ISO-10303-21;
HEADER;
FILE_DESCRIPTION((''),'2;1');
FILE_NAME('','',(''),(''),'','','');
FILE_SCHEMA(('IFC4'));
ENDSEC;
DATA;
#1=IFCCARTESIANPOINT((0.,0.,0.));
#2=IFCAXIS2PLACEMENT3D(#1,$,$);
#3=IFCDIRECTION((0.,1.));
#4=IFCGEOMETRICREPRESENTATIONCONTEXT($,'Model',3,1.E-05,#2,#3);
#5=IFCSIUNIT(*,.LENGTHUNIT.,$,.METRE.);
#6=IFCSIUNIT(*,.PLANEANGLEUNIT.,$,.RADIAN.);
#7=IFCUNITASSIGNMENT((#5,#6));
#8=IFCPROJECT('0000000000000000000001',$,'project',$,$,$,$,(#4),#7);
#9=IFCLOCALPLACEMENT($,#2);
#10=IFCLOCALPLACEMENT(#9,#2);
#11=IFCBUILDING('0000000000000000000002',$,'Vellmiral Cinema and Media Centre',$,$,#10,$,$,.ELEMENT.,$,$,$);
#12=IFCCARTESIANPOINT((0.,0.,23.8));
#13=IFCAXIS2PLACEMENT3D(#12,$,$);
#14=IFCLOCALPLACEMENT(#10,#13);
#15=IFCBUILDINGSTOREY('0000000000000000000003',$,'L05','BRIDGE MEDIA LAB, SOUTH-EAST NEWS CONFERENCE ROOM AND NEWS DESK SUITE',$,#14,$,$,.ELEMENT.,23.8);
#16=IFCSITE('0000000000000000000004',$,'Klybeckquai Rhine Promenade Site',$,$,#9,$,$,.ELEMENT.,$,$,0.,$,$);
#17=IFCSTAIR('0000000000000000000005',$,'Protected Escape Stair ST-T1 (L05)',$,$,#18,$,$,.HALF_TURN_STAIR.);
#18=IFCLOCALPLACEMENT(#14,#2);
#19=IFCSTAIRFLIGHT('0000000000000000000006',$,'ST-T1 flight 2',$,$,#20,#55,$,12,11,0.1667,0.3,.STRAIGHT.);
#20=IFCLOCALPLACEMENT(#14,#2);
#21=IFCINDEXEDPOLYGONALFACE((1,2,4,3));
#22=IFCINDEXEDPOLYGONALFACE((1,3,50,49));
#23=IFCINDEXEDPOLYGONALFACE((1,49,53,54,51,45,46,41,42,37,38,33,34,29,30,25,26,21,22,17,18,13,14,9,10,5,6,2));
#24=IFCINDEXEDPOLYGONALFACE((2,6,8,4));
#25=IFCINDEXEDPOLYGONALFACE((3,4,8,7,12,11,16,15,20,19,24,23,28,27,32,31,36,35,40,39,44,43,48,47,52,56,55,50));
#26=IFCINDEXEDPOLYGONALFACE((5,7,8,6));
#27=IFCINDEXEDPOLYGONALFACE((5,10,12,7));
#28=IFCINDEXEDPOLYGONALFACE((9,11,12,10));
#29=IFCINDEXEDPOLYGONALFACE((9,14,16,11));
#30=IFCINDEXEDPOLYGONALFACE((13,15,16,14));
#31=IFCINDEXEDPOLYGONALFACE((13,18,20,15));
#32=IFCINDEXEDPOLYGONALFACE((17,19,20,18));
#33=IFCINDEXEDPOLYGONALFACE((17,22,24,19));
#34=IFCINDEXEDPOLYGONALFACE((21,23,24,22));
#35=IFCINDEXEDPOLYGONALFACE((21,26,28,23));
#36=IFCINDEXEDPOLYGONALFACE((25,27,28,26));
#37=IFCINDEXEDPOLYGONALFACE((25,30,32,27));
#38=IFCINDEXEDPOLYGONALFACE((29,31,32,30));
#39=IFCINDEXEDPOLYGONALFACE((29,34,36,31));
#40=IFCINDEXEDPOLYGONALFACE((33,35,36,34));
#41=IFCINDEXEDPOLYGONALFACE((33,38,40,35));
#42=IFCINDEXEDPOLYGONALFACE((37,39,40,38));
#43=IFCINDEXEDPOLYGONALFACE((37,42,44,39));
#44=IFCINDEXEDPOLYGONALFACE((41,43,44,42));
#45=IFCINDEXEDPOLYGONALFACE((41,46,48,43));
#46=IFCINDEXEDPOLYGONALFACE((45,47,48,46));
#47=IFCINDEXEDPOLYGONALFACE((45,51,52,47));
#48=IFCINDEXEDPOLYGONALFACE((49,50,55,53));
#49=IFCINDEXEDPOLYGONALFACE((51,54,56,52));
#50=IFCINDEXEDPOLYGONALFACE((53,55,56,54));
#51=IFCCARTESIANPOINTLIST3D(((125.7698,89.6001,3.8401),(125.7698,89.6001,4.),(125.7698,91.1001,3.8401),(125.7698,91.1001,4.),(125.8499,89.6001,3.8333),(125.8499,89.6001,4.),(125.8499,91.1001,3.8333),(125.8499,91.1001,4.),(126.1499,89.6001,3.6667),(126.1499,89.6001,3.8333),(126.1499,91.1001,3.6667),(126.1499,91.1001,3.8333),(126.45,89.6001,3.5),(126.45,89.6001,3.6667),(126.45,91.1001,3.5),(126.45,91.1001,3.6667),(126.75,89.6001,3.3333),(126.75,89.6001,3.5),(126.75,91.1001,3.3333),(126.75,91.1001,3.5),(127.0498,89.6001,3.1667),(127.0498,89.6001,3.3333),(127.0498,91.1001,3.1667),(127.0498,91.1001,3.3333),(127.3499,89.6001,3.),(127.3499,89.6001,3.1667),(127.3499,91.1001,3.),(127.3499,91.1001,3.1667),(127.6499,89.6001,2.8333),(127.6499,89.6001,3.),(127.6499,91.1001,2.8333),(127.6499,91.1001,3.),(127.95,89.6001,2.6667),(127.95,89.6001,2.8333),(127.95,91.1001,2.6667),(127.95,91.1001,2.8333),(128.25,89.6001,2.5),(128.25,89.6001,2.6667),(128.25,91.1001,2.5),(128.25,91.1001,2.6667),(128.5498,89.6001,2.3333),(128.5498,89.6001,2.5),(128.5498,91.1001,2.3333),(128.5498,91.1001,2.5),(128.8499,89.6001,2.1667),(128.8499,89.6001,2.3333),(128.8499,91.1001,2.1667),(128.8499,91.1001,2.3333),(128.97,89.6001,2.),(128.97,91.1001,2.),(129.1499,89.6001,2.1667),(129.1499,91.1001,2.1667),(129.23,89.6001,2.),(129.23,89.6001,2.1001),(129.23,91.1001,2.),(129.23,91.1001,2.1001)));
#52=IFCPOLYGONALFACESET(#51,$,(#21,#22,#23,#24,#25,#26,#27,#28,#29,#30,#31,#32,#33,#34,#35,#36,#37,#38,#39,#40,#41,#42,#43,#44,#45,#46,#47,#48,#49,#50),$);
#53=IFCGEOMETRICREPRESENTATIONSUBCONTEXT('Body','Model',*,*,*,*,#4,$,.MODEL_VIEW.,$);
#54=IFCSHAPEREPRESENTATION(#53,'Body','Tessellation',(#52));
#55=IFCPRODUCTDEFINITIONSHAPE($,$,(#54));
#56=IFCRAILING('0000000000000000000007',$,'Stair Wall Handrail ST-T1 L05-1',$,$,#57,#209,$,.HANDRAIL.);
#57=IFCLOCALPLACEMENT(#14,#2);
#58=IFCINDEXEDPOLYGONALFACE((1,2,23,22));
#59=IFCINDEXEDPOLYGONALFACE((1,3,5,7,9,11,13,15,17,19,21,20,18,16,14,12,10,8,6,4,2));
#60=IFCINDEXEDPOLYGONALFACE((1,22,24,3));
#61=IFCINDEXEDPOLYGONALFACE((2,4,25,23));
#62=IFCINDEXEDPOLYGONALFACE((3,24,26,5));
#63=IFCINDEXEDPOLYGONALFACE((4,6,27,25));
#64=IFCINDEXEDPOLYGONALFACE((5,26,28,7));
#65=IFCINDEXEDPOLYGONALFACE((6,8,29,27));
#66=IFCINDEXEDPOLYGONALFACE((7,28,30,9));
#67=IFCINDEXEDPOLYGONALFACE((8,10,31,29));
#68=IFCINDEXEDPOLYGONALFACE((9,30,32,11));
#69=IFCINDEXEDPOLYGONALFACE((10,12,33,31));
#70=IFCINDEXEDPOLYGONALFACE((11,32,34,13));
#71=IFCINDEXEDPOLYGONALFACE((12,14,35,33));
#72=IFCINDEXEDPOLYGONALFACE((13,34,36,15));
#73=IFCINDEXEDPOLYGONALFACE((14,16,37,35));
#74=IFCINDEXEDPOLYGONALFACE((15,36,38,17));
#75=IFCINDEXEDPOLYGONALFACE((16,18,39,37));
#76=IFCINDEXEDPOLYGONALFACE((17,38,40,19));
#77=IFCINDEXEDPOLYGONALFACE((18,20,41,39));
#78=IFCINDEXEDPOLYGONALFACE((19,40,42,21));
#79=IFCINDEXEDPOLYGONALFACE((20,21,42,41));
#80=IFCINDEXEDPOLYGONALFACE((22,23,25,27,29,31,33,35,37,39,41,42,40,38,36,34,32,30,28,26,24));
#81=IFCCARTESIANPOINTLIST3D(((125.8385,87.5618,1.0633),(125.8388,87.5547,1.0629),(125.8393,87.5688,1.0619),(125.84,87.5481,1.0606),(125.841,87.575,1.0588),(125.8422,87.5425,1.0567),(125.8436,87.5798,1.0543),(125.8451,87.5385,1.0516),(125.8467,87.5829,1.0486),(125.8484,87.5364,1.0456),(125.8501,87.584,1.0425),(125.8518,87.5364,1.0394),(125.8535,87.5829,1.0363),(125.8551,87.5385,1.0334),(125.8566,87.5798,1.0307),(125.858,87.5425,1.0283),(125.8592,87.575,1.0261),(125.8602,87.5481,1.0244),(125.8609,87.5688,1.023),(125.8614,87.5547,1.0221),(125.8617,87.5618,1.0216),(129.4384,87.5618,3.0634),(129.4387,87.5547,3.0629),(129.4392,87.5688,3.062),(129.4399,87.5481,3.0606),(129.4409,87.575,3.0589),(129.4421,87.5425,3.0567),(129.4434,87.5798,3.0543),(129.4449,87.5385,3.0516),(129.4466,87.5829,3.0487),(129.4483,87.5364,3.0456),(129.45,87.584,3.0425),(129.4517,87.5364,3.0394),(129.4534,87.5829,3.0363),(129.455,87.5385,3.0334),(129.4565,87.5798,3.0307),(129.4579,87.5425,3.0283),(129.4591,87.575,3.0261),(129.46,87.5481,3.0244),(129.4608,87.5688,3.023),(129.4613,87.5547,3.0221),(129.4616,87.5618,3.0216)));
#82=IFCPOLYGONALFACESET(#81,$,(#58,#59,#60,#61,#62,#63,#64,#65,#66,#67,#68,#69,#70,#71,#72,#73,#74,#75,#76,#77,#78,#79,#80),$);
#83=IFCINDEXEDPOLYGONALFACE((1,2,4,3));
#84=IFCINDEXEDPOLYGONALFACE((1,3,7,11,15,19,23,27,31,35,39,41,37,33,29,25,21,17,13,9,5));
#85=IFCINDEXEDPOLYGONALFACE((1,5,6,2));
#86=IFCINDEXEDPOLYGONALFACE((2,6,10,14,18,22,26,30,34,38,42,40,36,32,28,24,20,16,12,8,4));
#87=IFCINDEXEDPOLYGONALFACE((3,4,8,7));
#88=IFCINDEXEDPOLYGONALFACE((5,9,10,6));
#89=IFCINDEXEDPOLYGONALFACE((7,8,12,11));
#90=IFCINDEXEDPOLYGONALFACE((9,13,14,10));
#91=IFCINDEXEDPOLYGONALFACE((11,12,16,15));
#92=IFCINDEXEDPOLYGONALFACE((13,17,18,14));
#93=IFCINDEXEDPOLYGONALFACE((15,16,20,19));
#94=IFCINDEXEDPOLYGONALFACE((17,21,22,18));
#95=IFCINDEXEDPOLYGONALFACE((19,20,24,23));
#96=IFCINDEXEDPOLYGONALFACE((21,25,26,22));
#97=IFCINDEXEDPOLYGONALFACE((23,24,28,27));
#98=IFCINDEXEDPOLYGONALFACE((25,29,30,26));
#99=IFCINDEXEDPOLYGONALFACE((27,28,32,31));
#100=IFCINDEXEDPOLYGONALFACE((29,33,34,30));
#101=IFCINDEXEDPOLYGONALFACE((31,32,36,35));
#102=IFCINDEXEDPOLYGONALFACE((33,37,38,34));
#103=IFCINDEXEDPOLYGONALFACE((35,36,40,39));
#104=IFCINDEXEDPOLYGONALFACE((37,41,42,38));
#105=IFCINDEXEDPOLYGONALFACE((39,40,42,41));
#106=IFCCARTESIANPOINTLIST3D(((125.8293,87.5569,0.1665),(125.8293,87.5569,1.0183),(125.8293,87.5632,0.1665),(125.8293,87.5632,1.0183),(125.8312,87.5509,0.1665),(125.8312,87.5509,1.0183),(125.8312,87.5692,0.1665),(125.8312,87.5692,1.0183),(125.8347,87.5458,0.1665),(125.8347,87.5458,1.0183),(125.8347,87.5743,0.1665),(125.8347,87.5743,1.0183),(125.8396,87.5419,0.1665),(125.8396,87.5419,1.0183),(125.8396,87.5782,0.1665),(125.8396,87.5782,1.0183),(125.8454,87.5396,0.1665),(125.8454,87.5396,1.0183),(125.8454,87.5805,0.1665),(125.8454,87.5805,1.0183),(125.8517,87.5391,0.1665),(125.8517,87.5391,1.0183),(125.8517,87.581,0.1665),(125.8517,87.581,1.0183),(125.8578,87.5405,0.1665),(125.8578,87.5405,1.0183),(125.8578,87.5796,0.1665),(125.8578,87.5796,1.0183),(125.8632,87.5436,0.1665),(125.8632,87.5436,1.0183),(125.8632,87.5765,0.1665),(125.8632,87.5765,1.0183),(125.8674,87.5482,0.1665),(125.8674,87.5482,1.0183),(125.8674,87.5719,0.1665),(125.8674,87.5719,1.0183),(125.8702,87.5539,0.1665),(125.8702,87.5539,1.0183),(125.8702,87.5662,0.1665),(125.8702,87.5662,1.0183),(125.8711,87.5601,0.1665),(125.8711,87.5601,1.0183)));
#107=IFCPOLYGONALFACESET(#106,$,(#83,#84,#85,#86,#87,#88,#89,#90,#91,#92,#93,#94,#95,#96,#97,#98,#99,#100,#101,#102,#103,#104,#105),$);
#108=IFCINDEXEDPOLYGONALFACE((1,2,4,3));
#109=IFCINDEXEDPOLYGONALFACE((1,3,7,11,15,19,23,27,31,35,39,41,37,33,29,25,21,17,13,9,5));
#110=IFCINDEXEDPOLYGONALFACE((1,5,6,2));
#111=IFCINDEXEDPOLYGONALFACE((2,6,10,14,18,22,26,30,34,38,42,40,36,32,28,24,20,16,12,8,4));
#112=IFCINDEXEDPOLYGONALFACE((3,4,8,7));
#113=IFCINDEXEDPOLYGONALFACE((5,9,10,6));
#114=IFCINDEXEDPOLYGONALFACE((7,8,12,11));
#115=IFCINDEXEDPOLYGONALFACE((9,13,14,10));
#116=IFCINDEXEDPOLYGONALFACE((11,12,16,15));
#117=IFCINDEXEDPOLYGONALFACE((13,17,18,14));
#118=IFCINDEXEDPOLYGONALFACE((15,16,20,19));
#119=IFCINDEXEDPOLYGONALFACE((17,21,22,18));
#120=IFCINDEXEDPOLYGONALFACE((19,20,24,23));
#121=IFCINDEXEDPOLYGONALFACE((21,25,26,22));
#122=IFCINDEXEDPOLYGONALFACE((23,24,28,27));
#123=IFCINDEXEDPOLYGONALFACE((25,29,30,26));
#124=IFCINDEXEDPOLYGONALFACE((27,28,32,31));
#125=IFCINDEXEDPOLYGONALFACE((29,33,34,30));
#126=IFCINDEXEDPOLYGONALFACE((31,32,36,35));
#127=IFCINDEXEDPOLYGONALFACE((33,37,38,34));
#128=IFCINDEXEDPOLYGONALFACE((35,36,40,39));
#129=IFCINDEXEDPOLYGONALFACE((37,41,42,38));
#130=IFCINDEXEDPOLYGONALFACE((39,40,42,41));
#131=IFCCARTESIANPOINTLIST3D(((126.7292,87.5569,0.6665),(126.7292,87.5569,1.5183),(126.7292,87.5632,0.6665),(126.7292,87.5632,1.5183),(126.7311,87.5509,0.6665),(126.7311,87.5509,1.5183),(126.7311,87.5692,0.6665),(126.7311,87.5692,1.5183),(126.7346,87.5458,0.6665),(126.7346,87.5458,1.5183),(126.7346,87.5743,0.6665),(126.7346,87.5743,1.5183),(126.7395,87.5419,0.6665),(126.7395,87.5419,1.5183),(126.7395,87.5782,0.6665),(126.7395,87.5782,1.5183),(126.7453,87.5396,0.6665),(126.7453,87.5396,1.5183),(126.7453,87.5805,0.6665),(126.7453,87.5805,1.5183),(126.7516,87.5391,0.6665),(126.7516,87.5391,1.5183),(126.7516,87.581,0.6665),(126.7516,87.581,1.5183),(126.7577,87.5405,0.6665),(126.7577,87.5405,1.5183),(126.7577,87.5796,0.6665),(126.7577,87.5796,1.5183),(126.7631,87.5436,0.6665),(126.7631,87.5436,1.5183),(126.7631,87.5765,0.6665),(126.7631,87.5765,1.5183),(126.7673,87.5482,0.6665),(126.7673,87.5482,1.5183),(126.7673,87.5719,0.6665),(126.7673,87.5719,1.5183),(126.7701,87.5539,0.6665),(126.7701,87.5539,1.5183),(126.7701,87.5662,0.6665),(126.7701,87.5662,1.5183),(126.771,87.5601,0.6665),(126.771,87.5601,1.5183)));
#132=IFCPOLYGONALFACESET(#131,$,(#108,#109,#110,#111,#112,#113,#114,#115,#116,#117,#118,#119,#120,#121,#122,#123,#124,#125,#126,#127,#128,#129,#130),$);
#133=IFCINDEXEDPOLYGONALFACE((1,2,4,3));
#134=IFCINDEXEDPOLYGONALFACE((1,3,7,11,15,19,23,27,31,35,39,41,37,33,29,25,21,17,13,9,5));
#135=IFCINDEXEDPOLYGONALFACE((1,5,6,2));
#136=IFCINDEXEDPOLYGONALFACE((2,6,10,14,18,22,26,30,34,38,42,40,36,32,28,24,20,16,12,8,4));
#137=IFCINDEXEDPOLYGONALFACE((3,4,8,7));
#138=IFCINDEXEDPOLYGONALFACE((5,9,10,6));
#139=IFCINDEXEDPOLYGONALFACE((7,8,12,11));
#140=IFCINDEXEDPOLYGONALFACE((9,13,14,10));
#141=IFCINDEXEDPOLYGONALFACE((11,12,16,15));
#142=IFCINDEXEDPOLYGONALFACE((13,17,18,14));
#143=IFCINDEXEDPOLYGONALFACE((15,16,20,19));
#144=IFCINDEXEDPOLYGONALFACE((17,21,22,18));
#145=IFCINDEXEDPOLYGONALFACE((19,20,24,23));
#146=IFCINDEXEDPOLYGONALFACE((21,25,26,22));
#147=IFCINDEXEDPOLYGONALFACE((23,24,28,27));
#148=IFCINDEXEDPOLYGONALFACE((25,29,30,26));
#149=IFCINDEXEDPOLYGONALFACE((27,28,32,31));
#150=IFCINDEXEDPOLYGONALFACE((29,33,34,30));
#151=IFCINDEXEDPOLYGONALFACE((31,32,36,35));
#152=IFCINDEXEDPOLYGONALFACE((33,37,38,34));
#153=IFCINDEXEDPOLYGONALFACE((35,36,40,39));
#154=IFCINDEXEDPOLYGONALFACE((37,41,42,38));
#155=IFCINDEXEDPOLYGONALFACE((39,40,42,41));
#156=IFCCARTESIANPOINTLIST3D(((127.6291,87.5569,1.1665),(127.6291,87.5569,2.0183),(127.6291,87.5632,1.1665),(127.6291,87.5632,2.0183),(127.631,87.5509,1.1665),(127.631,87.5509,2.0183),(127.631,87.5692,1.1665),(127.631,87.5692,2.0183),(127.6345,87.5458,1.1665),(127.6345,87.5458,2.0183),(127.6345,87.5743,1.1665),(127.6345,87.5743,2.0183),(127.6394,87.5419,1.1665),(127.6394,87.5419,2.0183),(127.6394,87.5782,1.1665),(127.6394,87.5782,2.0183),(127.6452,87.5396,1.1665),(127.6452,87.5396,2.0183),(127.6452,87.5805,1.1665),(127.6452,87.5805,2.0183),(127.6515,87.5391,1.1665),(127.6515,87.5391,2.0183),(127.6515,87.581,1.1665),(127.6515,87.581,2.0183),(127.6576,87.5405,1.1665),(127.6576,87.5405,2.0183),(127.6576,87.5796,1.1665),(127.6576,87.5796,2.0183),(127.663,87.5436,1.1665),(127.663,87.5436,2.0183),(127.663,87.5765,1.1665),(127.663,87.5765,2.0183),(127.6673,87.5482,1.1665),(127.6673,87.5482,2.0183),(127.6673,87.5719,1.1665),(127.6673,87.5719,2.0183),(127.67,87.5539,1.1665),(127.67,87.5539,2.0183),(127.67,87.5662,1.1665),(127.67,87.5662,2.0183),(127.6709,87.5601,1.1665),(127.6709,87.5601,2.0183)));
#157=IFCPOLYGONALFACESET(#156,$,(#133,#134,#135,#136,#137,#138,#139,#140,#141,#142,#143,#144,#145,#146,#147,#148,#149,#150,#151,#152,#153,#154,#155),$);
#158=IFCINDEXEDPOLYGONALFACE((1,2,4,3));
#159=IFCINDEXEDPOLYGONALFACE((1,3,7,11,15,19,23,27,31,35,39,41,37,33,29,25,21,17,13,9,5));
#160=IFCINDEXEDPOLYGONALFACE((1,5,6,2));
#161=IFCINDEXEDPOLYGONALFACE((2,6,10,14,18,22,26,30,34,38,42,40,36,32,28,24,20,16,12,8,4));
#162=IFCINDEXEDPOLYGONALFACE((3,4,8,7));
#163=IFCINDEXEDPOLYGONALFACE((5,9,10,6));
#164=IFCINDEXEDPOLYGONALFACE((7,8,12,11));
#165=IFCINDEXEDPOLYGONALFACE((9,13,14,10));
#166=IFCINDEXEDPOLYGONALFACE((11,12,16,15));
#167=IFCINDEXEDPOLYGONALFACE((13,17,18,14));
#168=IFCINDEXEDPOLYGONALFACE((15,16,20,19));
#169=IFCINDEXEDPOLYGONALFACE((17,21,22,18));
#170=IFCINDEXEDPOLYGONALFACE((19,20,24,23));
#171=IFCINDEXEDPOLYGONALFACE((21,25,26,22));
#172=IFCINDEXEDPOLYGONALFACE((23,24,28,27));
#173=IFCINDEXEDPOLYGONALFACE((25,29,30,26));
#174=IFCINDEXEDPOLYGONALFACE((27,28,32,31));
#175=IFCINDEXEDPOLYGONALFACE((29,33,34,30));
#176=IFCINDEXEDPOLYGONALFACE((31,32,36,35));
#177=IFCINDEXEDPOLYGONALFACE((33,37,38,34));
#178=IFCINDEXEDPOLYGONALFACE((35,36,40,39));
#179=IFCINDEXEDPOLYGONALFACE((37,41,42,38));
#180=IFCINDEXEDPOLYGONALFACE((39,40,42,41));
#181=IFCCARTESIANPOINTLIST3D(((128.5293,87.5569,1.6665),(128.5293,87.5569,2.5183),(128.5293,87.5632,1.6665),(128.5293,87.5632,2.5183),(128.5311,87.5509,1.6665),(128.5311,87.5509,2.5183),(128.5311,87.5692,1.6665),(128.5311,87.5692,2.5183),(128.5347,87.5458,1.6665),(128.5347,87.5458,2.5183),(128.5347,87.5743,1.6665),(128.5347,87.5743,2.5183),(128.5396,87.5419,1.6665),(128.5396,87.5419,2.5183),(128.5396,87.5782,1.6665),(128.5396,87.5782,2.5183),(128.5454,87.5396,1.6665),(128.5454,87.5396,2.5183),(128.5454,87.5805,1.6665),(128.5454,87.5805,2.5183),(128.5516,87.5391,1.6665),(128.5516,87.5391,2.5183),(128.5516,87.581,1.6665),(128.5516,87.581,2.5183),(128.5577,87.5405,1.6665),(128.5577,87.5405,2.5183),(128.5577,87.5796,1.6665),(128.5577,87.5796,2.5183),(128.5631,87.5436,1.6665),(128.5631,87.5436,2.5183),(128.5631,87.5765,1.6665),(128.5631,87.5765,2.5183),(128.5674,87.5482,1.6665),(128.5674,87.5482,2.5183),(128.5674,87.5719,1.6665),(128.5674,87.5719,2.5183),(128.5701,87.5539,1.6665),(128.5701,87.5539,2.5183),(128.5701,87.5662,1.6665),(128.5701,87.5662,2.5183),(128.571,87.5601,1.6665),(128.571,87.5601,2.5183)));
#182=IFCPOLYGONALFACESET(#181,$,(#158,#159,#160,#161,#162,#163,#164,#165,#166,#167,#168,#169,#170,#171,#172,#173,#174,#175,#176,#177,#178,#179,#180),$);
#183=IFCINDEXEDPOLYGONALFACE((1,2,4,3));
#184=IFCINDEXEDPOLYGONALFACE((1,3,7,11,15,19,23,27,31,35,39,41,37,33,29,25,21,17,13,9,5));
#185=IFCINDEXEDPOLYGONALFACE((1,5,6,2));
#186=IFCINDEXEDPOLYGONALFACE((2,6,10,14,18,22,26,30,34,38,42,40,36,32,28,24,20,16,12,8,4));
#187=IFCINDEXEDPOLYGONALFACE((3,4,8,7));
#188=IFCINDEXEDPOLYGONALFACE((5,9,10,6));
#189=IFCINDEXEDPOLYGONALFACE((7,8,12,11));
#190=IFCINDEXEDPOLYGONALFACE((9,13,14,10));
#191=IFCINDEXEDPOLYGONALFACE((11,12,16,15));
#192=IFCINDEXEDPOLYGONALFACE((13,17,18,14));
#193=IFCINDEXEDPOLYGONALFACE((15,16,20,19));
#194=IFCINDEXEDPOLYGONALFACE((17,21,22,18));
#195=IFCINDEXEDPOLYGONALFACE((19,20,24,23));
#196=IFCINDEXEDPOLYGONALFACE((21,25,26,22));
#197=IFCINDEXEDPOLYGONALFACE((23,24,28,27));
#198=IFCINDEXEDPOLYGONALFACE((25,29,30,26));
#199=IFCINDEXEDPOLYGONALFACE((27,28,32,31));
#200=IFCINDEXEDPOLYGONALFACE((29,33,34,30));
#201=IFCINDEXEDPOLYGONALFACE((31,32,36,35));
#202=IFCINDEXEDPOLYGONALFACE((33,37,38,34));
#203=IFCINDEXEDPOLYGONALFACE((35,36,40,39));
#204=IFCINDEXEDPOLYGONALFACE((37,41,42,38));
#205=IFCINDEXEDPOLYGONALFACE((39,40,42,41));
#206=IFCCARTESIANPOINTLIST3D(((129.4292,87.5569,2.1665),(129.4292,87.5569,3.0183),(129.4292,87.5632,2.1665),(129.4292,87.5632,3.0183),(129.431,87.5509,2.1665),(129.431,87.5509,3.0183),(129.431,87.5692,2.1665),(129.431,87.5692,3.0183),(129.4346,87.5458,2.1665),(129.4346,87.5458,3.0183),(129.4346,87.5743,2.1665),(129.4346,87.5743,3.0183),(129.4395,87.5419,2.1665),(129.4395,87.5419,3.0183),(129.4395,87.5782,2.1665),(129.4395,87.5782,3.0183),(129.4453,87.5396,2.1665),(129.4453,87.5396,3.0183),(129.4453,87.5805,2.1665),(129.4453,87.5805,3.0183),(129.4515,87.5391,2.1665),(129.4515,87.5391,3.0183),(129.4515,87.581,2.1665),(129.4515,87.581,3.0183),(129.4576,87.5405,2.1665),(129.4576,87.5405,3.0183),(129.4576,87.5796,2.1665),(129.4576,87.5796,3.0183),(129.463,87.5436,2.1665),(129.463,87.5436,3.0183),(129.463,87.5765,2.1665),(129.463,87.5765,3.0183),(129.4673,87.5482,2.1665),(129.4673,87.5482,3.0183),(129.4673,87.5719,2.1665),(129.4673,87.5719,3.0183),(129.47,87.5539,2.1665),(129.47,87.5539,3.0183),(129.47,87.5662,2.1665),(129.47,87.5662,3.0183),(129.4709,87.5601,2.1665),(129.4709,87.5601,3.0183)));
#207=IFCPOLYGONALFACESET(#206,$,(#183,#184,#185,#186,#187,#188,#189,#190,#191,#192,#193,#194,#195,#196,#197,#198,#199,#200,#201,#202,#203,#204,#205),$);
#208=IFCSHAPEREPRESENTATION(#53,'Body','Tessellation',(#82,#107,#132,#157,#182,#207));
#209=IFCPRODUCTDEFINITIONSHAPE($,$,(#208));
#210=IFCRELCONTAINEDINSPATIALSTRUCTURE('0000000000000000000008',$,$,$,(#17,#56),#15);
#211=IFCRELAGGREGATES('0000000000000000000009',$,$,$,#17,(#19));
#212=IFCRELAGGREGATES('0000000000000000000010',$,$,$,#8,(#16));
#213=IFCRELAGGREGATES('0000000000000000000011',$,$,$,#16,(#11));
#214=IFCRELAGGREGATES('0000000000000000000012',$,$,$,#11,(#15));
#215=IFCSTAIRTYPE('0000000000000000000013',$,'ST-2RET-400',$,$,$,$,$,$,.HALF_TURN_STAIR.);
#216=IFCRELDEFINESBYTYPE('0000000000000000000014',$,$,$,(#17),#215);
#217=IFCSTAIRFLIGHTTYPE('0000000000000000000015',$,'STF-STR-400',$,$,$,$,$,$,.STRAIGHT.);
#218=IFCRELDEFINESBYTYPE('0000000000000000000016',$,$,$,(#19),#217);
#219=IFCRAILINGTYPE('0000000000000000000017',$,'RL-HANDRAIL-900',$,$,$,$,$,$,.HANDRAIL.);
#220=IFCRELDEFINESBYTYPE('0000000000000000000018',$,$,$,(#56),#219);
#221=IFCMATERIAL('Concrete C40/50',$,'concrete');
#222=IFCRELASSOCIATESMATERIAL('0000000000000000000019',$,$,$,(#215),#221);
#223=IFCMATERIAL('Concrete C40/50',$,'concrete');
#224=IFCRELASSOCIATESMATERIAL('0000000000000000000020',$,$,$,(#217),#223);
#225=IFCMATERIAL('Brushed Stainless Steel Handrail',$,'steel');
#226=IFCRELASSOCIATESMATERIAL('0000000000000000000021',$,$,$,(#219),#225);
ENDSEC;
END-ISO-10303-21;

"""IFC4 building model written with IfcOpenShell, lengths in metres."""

from ifc_helpers import new_model, si_unit, direction, frame, origin, origin_2d, place, context, subcontext, project, spatial, polyline, circle, outline, extrude, material, type_object, element, aggregate, save


model = new_model("IFC4")

# Units and contexts
model_context = context("Model", 3, precision=1e-05, world=origin(), true_north=direction((0.0, 1.0)))
body_context = subcontext(model_context, "Body", "Model", "MODEL_VIEW")
ifc_project = project(units=[si_unit("LENGTHUNIT", "METRE"), si_unit("PLANEANGLEUNIT", "RADIAN")], contexts=[model_context])

# Site, building, storey
site_placement = place(None, origin())
site = spatial("IfcSite", under=ifc_project, at=site_placement, Name="Klybeckquai Rhine Promenade Site", CompositionType="ELEMENT", RefElevation=0.0)
building_placement = place(site_placement, origin())
building = spatial("IfcBuilding", under=site, at=building_placement, Name="Vellmiral Cinema and Media Centre", CompositionType="ELEMENT")
storey_placement = place(building_placement, frame((0.0, 0.0, 23.8)))
storey = spatial("IfcBuildingStorey", under=building, at=storey_placement, Name="L05", Description="BRIDGE MEDIA LAB, SOUTH-EAST NEWS CONFERENCE ROOM AND NEWS DESK SUITE", CompositionType="ELEMENT", Elevation=23.8)

# Stair, stair flight
ifc_material_1 = material(Name="Concrete C40/50", Category="concrete")
stair_type = type_object("IfcStairType", Name="ST-2RET-400", PredefinedType="HALF_TURN_STAIR", material=ifc_material_1)
stair_placement = place(storey_placement, origin())
stair = element("IfcStair", 1, at=stair_placement, inside=storey, type_object=stair_type, Name="Protected Escape Stair ST-T1 (L05)", PredefinedType="HALF_TURN_STAIR")
ifc_material_2 = material(Name="Concrete C40/50", Category="concrete")
stair_flight_type = type_object("IfcStairFlightType", Name="STF-STR-400", PredefinedType="STRAIGHT", material=ifc_material_2)
stair_flight_1_placement = place(storey_placement, frame((129.1499, 90.3501, 2.0), z_axis=(0.0, 0.0, 1.0), x_axis=(-1.0, 0.0, 0.0)))
stair_flight_1 = element("IfcStairFlight", 2, at=stair_flight_1_placement, type_object=stair_flight_type, Name="ST-T1 flight 2", NumberOfRisers=12, NumberOfTreads=11, PredefinedType="STRAIGHT", RiserHeight=0.1667, TreadLength=0.3, context=body_context, shape_type="SweptSolid", body=[
    extrude(outline(polyline([(-0.0801, 0.0), (-0.0801, 0.1001), (0.0, 0.1667), (0.3, 0.1667), (0.3, 0.3333), (0.6001, 0.3333), (0.6001, 0.5), (0.8999, 0.5), (0.8999, 0.6667), (1.2, 0.6667), (1.2, 0.8333), (1.5, 0.8333), (1.5, 1.0), (1.8, 1.0), (1.8, 1.1667), (2.1001, 1.1667), (2.1001, 1.3333), (2.3999, 1.3333), (2.3999, 1.5), (2.7, 1.5), (2.7, 1.6667), (3.0, 1.6667), (3.0, 1.8333), (3.3, 1.8333), (3.3, 2.0), (3.3801, 2.0), (3.3801, 1.8401), (0.1799, 0.0), (-0.0801, 0.0)])), frame((0.0, 0.75, 0.0), z_axis=(0.0, -1.0, 0.0), x_axis=(1.0, 0.0, 0.0)), (0.0, 0.0, 1.0), 1.5),
])
aggregate(stair, [stair_flight_1])

# Railing
ifc_material_3 = material(Name="Brushed Stainless Steel Handrail", Category="steel")
railing_type_1 = type_object("IfcRailingType", Name="RL-HANDRAIL-900", PredefinedType="HANDRAIL", material=ifc_material_3)
railing_1_placement = place(storey_placement, frame((125.8501, 87.5601, 0.1665)))
element("IfcRailing", 3, at=railing_1_placement, inside=storey, type_object=railing_type_1, Name="Stair Wall Handrail ST-T1 L05-1", PredefinedType="HANDRAIL", context=body_context, shape_type="SweptSolid", body=[
    extrude(circle(Radius=0.0239, at=origin_2d()), frame((0.0, 0.0, 0.876), z_axis=(0.874149, 0.0, 0.485658), x_axis=(0.0, 1.0, 0.0)), (0.0, 0.0, 1.0), 4.1182),
    extrude(circle(Radius=0.021, at=origin_2d()), origin(), (0.0, 0.0, 1.0), 0.8518),
    extrude(circle(Radius=0.021, at=origin_2d()), frame((0.8999, 0.0, 0.5)), (0.0, 0.0, 1.0), 0.8518),
    extrude(circle(Radius=0.021, at=origin_2d()), frame((1.7998, 0.0, 1.0)), (0.0, 0.0, 1.0), 0.8518),
    extrude(circle(Radius=0.021, at=origin_2d()), frame((2.7, 0.0, 1.5)), (0.0, 0.0, 1.0), 0.8518),
    extrude(circle(Radius=0.021, at=origin_2d()), frame((3.5999, 0.0, 2.0)), (0.0, 0.0, 1.0), 0.8518),
])

save(model, "model.ifc")
